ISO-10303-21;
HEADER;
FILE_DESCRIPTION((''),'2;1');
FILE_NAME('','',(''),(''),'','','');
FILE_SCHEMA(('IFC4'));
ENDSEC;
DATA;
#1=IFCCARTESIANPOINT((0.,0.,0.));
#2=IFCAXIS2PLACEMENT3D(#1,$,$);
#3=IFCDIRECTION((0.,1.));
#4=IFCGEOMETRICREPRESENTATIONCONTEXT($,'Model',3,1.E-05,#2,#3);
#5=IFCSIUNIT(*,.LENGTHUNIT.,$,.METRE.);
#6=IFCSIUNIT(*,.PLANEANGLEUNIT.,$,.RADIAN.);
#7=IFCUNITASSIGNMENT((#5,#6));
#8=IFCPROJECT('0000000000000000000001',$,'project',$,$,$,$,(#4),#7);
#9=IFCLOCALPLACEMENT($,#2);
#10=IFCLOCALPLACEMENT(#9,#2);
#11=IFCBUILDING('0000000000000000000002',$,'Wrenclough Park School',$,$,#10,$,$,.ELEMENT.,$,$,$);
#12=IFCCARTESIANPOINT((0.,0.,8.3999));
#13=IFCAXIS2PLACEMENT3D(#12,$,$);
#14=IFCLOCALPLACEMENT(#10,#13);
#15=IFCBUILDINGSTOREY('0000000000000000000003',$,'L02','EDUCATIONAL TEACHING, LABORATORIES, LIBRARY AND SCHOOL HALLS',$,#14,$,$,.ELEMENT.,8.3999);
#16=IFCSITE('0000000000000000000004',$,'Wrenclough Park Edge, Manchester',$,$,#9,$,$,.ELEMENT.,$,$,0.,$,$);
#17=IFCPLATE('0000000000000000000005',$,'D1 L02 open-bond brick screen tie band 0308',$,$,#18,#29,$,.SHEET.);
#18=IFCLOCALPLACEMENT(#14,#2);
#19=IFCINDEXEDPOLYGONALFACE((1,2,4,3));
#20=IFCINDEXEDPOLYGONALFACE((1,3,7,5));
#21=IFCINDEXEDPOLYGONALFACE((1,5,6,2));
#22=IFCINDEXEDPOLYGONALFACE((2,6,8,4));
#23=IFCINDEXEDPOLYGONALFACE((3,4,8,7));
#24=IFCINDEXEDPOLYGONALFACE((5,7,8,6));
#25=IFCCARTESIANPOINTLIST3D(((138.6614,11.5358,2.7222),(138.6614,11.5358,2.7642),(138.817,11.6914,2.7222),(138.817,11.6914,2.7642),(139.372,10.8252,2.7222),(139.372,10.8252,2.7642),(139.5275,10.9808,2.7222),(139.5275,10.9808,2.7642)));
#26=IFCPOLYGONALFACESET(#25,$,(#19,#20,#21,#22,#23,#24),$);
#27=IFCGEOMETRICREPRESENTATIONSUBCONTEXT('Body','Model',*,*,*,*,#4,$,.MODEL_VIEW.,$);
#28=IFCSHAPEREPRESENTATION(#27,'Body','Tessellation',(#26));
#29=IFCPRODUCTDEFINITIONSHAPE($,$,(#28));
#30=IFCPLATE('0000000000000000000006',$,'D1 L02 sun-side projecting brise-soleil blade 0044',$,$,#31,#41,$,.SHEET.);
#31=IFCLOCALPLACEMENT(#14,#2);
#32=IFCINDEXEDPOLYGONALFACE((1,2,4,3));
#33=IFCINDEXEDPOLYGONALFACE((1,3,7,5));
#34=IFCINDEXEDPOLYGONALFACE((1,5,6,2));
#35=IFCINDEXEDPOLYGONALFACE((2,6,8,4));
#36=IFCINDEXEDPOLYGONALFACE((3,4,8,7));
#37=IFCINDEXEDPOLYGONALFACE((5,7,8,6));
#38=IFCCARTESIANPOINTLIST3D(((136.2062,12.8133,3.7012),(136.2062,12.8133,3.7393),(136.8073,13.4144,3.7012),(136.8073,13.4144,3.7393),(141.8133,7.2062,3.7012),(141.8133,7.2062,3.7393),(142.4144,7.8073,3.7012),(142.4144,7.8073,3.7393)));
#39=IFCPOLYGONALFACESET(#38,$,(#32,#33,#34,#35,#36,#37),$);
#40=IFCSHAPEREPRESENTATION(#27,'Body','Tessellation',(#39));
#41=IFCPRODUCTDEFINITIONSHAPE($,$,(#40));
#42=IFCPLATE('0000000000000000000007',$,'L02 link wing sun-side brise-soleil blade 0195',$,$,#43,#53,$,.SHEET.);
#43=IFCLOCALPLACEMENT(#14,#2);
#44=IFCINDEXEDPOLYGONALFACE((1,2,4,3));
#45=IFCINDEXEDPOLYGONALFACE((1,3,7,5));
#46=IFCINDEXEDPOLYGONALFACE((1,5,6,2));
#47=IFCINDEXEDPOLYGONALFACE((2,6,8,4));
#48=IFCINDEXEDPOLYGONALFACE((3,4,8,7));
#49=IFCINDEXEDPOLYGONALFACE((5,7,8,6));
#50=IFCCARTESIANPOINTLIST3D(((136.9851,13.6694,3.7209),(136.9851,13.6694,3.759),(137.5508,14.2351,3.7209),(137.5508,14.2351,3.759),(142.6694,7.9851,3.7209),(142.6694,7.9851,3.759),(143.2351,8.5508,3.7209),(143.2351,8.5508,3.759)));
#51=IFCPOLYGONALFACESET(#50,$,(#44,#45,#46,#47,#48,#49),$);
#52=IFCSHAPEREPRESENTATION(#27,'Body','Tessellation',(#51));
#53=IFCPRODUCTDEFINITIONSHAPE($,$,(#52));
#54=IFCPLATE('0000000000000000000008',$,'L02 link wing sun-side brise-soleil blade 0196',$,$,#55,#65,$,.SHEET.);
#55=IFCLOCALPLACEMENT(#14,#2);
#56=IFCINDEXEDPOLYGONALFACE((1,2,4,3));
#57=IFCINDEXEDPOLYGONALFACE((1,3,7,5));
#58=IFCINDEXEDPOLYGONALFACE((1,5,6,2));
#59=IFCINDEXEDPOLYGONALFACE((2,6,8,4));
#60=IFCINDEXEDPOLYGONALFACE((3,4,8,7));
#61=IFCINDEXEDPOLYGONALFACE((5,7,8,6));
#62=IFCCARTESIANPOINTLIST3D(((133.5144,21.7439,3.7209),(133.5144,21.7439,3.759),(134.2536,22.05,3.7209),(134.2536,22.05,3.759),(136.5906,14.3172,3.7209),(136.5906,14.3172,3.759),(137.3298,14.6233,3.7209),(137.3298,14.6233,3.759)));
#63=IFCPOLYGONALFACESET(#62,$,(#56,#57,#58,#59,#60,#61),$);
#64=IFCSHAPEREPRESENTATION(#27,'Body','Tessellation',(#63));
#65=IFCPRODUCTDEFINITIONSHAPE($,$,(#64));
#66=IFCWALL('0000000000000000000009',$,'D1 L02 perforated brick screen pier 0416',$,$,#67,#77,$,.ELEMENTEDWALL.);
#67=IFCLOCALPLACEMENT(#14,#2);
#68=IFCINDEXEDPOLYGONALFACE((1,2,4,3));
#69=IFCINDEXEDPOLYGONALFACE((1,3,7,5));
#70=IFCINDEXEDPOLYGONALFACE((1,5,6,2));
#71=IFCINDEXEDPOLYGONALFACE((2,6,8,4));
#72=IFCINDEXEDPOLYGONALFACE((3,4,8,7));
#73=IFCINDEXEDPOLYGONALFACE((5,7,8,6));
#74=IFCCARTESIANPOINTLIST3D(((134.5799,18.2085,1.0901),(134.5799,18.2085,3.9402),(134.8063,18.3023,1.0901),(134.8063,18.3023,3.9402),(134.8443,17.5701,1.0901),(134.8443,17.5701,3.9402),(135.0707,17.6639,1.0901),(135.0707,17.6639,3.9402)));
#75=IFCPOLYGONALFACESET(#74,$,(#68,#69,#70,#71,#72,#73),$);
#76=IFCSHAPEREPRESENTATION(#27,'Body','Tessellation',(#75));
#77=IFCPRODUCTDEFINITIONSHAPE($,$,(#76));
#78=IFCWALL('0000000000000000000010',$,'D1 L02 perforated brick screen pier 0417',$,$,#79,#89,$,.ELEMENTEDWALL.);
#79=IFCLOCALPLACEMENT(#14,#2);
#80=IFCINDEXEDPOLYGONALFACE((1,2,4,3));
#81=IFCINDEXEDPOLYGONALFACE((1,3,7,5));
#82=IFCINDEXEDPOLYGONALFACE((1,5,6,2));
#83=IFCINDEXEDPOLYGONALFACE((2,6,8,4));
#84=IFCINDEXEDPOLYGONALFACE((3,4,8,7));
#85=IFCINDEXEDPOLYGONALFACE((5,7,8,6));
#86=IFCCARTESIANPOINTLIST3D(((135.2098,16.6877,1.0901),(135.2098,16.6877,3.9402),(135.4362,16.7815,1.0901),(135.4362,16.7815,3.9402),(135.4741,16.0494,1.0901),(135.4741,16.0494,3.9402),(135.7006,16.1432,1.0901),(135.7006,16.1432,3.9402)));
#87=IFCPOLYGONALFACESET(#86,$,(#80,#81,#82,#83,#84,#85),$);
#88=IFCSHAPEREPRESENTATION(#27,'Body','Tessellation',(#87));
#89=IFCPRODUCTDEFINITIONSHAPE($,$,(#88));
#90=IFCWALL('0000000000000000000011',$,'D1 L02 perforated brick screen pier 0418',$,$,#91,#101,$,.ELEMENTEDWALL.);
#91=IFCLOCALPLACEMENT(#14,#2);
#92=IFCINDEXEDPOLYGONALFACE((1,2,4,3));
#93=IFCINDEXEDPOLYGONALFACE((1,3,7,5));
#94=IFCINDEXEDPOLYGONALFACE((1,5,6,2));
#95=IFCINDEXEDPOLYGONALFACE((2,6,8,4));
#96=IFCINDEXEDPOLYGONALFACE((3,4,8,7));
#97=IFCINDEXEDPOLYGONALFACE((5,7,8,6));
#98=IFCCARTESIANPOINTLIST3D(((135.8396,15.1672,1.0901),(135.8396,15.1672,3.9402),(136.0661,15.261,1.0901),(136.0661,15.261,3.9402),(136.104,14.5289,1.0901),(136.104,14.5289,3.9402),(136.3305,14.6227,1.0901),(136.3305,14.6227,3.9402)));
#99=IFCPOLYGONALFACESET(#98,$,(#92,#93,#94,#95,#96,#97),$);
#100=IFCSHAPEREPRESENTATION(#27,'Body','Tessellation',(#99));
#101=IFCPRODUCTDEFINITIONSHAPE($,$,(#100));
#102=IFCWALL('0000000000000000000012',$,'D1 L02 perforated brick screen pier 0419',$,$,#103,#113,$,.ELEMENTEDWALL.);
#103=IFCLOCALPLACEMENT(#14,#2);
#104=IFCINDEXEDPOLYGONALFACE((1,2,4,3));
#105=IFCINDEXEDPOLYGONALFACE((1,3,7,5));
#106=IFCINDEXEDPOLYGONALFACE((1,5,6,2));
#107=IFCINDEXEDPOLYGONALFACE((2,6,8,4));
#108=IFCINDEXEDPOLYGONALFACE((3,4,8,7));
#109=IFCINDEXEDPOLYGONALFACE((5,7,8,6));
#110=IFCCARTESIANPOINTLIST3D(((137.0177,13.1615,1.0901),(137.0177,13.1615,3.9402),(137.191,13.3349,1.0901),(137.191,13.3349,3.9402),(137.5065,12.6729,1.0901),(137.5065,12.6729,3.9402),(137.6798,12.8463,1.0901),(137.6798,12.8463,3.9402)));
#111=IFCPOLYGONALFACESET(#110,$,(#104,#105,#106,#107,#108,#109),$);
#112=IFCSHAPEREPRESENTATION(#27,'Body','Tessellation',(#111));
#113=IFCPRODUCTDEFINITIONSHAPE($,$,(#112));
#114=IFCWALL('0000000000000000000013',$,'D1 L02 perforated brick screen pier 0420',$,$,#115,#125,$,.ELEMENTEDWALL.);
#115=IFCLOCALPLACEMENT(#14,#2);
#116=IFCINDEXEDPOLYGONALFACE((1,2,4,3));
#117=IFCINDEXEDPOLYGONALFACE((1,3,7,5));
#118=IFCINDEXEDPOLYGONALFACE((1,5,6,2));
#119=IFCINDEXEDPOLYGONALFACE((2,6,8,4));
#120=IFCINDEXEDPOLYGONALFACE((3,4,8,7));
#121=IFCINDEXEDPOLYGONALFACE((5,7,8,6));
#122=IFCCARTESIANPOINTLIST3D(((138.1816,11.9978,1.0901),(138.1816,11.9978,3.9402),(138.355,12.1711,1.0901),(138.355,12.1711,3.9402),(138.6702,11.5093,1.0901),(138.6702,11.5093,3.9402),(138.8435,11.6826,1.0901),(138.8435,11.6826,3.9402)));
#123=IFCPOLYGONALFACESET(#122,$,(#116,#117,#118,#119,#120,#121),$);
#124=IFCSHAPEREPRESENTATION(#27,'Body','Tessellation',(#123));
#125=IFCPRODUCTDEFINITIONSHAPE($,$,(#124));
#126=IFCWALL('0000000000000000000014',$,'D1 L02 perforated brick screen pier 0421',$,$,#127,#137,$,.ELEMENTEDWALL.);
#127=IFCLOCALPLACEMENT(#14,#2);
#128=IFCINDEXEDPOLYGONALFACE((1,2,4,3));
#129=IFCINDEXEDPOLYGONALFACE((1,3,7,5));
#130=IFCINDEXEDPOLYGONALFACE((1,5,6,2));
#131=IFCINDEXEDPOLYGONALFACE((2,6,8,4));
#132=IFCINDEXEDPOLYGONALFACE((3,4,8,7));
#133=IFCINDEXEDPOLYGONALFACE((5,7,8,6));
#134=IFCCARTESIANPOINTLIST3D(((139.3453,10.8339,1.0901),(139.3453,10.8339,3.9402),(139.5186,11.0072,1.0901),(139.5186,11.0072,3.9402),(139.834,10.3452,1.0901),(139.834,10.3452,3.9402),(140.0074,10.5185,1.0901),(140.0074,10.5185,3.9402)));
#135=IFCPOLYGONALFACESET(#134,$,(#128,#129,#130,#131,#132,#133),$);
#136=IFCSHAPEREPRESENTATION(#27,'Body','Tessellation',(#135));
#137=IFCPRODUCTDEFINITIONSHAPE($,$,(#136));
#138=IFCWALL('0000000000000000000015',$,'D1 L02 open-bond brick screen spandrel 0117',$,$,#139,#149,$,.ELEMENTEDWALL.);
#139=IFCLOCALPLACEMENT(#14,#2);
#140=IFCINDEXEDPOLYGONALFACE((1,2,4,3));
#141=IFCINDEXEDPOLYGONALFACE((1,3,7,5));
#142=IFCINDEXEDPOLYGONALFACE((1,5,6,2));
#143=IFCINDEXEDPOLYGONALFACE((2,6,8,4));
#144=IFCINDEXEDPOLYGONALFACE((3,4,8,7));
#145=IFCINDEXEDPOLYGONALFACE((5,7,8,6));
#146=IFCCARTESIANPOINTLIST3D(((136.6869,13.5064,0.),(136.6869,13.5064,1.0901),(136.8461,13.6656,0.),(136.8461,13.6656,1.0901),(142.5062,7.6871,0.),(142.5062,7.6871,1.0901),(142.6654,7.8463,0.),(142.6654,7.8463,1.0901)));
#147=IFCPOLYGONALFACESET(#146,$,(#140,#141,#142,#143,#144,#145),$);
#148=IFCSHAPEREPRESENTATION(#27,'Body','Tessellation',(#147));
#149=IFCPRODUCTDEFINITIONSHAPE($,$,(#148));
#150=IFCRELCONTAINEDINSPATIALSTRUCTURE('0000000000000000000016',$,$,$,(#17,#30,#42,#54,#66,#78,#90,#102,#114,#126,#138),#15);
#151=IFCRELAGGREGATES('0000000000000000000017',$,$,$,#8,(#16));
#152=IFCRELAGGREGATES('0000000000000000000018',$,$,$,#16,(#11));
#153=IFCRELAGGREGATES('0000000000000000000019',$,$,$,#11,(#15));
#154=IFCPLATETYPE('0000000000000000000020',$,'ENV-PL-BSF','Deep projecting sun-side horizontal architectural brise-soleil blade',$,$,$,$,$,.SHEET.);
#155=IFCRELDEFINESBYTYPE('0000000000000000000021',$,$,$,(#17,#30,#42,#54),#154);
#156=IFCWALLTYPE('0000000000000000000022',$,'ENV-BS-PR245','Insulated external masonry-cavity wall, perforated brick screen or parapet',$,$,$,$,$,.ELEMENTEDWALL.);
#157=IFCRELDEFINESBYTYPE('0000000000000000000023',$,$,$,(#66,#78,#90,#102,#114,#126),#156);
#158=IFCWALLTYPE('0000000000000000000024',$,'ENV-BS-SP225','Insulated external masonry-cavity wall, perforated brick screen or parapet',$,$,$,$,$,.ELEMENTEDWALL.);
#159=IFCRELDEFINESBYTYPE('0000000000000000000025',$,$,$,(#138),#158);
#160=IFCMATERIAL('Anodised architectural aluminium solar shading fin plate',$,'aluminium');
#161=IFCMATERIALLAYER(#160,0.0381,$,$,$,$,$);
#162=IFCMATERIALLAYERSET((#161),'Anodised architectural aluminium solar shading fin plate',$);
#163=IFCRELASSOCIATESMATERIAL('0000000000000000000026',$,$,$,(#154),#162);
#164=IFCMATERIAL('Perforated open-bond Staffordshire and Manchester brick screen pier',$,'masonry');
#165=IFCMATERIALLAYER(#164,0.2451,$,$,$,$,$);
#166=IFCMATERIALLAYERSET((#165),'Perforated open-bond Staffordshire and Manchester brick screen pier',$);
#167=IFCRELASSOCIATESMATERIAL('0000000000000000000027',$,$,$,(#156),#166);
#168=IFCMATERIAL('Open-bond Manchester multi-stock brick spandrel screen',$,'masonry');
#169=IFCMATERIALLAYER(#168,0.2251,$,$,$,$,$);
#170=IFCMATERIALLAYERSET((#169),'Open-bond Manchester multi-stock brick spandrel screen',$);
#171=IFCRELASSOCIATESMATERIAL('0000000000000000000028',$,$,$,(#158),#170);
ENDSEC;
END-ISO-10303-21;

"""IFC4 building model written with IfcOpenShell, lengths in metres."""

from ifc_helpers import new_model, si_unit, direction, frame, frame_2d, origin, origin_2d, place, context, subcontext, project, spatial, rectangle, extrude, material, layer, layer_set, type_object, element, save


model = new_model("IFC4")

# Units and contexts
model_context = context("Model", 3, precision=1e-05, world=origin(), true_north=direction((0.0, 1.0)))
body_context = subcontext(model_context, "Body", "Model", "MODEL_VIEW")
ifc_project = project(units=[si_unit("LENGTHUNIT", "METRE"), si_unit("PLANEANGLEUNIT", "RADIAN")], contexts=[model_context])

# Site, building, storey
site_placement = place(None, origin())
site = spatial("IfcSite", under=ifc_project, at=site_placement, Name="Wrenclough Park Edge, Manchester", CompositionType="ELEMENT", RefElevation=0.0)
building_placement = place(site_placement, origin())
building = spatial("IfcBuilding", under=site, at=building_placement, Name="Wrenclough Park School", CompositionType="ELEMENT")
storey_placement = place(building_placement, frame((0.0, 0.0, 8.3999)))
storey = spatial("IfcBuildingStorey", under=building, at=storey_placement, Name="L02", Description="EDUCATIONAL TEACHING, LABORATORIES, LIBRARY AND SCHOOL HALLS", CompositionType="ELEMENT", Elevation=8.3999)

# Plates
ifc_material_1 = material(Name="Anodised architectural aluminium solar shading fin plate", Category="aluminium")
ifc_layer_1 = layer(ifc_material_1, 0.0381)
ifc_layer_set_1 = layer_set([ifc_layer_1], Name="Anodised architectural aluminium solar shading fin plate")
plate_type = type_object("IfcPlateType", Name="ENV-PL-BSF", Description="Deep projecting sun-side horizontal architectural brise-soleil blade", PredefinedType="SHEET", material=ifc_layer_set_1)
for number, where, z_axis, x_axis, name in (
    (1, (139.0945, 11.2583, 2.7222), (0.0, 0.0, 1.0), (0.707107, -0.707107, 0.0), "D1 L02 open-bond brick screen tie band 0308"),
):
    element("IfcPlate", number, at=place(storey_placement, frame(where, z_axis=z_axis, x_axis=x_axis)), inside=storey, type_object=plate_type, Name=name, PredefinedType="SHEET", context=body_context, shape_type="SweptSolid", body=[
        extrude(rectangle(XDim=1.0049, YDim=0.22, at=origin_2d()), origin(), (0.0, 0.0, 1.0), 0.042),
    ])
plate_1_placement = place(storey_placement, frame((139.3103, 10.3103, 3.7012), z_axis=(0.0, 0.0, 1.0), x_axis=(0.707107, -0.707107, 0.0)))
element("IfcPlate", 2, at=plate_1_placement, inside=storey, type_object=plate_type, Name="D1 L02 sun-side projecting brise-soleil blade 0044", PredefinedType="SHEET", context=body_context, shape_type="SweptSolid", body=[
    extrude(rectangle(XDim=7.9297, YDim=0.8501, at=origin_2d()), origin(), (0.0, 0.0, 1.0), 0.0381),
])
plate_2_placement = place(storey_placement, frame((140.1101, 11.1101, 3.7209), z_axis=(0.0, 0.0, 1.0), x_axis=(-0.707107, 0.707107, 0.0)))
element("IfcPlate", 3, at=plate_2_placement, inside=storey, type_object=plate_type, Name="L02 link wing sun-side brise-soleil blade 0195", PredefinedType="SHEET", context=body_context, shape_type="SweptSolid", body=[
    extrude(rectangle(XDim=8.0388, YDim=0.8, at=origin_2d()), origin(), (0.0, 0.0, 1.0), 0.0381),
])
plate_3_placement = place(storey_placement, frame((135.4221, 18.1836, 3.7209), z_axis=(0.0, 0.0, 1.0), x_axis=(-0.38268, 0.923881, 0.0)))
element("IfcPlate", 4, at=plate_3_placement, inside=storey, type_object=plate_type, Name="L02 link wing sun-side brise-soleil blade 0196", PredefinedType="SHEET", context=body_context, shape_type="SweptSolid", body=[
    extrude(rectangle(XDim=8.0386, YDim=0.8, at=origin_2d()), origin(), (0.0, 0.0, 1.0), 0.0381),
])

# Walls
ifc_material_2 = material(Name="Perforated open-bond Staffordshire and Manchester brick screen pier", Category="masonry")
ifc_layer_2 = layer(ifc_material_2, 0.2451)
ifc_layer_set_2 = layer_set([ifc_layer_2], Name="Perforated open-bond Staffordshire and Manchester brick screen pier")
wall_type_1 = type_object("IfcWallType", Name="ENV-BS-PR245", Description="Insulated external masonry-cavity wall, perforated brick screen or parapet", PredefinedType="ELEMENTEDWALL", material=ifc_layer_set_2)
for number, where, z_axis, x_axis, name in (
    (5, (134.6931, 18.2554, 1.0901), (0.0, 0.0, 1.0), (0.382633, -0.923901, 0.0), "D1 L02 perforated brick screen pier 0416"),
    (6, (135.323, 16.7346, 1.0901), (0.0, 0.0, 1.0), (0.382633, -0.923901, 0.0), "D1 L02 perforated brick screen pier 0417"),
    (7, (135.9529, 15.2141, 1.0901), (0.0, 0.0, 1.0), (0.382633, -0.923901, 0.0), "D1 L02 perforated brick screen pier 0418"),
):
    element("IfcWall", number, at=place(storey_placement, frame(where, z_axis=z_axis, x_axis=x_axis)), inside=storey, type_object=wall_type_1, Name=name, PredefinedType="ELEMENTEDWALL", context=body_context, shape_type="SweptSolid", body=[
        extrude(rectangle(XDim=0.6909, YDim=0.2451, at=frame_2d((0.3455, 0.0))), origin(), (0.0, 0.0, 1.0), 2.8501),
    ])
wall_1_placement = place(storey_placement, frame((137.1042, 13.2483, 1.0901), z_axis=(0.0, 0.0, 1.0), x_axis=(0.707283, -0.70693, 0.0)))
element("IfcWall", 8, at=wall_1_placement, inside=storey, type_object=wall_type_1, Name="D1 L02 perforated brick screen pier 0419", PredefinedType="ELEMENTEDWALL", context=body_context, shape_type="SweptSolid", body=[
    extrude(rectangle(XDim=0.6912, YDim=0.2451, at=frame_2d((0.3457, 0.0))), origin(), (0.0, 0.0, 1.0), 2.8501),
])
wall_2_placement = place(storey_placement, frame((138.2683, 12.0845, 1.0901), z_axis=(0.0, 0.0, 1.0), x_axis=(0.707107, -0.707107, 0.0)))
element("IfcWall", 9, at=wall_2_placement, inside=storey, type_object=wall_type_1, Name="D1 L02 perforated brick screen pier 0420", PredefinedType="ELEMENTEDWALL", context=body_context, shape_type="SweptSolid", body=[
    extrude(rectangle(XDim=0.6909, YDim=0.2451, at=frame_2d((0.3455, 0.0))), origin(), (0.0, 0.0, 1.0), 2.8501),
])
wall_3_placement = place(storey_placement, frame((139.4319, 10.9207, 1.0901), z_axis=(0.0, 0.0, 1.0), x_axis=(0.707107, -0.707107, 0.0)))
element("IfcWall", 10, at=wall_3_placement, inside=storey, type_object=wall_type_1, Name="D1 L02 perforated brick screen pier 0421", PredefinedType="ELEMENTEDWALL", context=body_context, shape_type="SweptSolid", body=[
    extrude(rectangle(XDim=0.6912, YDim=0.2451, at=frame_2d((0.3457, 0.0))), origin(), (0.0, 0.0, 1.0), 2.8501),
])
ifc_material_3 = material(Name="Open-bond Manchester multi-stock brick spandrel screen", Category="masonry")
ifc_layer_3 = layer(ifc_material_3, 0.2251)
ifc_layer_set_3 = layer_set([ifc_layer_3], Name="Open-bond Manchester multi-stock brick spandrel screen")
wall_type_2 = type_object("IfcWallType", Name="ENV-BS-SP225", Description="Insulated external masonry-cavity wall, perforated brick screen or parapet", PredefinedType="ELEMENTEDWALL", material=ifc_layer_set_3)
wall_4_placement = place(storey_placement, frame((136.7666, 13.5859, 0.0), z_axis=(0.0, 0.0, 1.0), x_axis=(0.707107, -0.707107, 0.0)))
element("IfcWall", 11, at=wall_4_placement, inside=storey, type_object=wall_type_2, Name="D1 L02 open-bond brick screen spandrel 0117", PredefinedType="ELEMENTEDWALL", context=body_context, shape_type="SweptSolid", body=[
    extrude(rectangle(XDim=8.2297, YDim=0.2251, at=frame_2d((4.1147, 0.0))), origin(), (0.0, 0.0, 1.0), 1.0901),
])

save(model, "model.ifc")
